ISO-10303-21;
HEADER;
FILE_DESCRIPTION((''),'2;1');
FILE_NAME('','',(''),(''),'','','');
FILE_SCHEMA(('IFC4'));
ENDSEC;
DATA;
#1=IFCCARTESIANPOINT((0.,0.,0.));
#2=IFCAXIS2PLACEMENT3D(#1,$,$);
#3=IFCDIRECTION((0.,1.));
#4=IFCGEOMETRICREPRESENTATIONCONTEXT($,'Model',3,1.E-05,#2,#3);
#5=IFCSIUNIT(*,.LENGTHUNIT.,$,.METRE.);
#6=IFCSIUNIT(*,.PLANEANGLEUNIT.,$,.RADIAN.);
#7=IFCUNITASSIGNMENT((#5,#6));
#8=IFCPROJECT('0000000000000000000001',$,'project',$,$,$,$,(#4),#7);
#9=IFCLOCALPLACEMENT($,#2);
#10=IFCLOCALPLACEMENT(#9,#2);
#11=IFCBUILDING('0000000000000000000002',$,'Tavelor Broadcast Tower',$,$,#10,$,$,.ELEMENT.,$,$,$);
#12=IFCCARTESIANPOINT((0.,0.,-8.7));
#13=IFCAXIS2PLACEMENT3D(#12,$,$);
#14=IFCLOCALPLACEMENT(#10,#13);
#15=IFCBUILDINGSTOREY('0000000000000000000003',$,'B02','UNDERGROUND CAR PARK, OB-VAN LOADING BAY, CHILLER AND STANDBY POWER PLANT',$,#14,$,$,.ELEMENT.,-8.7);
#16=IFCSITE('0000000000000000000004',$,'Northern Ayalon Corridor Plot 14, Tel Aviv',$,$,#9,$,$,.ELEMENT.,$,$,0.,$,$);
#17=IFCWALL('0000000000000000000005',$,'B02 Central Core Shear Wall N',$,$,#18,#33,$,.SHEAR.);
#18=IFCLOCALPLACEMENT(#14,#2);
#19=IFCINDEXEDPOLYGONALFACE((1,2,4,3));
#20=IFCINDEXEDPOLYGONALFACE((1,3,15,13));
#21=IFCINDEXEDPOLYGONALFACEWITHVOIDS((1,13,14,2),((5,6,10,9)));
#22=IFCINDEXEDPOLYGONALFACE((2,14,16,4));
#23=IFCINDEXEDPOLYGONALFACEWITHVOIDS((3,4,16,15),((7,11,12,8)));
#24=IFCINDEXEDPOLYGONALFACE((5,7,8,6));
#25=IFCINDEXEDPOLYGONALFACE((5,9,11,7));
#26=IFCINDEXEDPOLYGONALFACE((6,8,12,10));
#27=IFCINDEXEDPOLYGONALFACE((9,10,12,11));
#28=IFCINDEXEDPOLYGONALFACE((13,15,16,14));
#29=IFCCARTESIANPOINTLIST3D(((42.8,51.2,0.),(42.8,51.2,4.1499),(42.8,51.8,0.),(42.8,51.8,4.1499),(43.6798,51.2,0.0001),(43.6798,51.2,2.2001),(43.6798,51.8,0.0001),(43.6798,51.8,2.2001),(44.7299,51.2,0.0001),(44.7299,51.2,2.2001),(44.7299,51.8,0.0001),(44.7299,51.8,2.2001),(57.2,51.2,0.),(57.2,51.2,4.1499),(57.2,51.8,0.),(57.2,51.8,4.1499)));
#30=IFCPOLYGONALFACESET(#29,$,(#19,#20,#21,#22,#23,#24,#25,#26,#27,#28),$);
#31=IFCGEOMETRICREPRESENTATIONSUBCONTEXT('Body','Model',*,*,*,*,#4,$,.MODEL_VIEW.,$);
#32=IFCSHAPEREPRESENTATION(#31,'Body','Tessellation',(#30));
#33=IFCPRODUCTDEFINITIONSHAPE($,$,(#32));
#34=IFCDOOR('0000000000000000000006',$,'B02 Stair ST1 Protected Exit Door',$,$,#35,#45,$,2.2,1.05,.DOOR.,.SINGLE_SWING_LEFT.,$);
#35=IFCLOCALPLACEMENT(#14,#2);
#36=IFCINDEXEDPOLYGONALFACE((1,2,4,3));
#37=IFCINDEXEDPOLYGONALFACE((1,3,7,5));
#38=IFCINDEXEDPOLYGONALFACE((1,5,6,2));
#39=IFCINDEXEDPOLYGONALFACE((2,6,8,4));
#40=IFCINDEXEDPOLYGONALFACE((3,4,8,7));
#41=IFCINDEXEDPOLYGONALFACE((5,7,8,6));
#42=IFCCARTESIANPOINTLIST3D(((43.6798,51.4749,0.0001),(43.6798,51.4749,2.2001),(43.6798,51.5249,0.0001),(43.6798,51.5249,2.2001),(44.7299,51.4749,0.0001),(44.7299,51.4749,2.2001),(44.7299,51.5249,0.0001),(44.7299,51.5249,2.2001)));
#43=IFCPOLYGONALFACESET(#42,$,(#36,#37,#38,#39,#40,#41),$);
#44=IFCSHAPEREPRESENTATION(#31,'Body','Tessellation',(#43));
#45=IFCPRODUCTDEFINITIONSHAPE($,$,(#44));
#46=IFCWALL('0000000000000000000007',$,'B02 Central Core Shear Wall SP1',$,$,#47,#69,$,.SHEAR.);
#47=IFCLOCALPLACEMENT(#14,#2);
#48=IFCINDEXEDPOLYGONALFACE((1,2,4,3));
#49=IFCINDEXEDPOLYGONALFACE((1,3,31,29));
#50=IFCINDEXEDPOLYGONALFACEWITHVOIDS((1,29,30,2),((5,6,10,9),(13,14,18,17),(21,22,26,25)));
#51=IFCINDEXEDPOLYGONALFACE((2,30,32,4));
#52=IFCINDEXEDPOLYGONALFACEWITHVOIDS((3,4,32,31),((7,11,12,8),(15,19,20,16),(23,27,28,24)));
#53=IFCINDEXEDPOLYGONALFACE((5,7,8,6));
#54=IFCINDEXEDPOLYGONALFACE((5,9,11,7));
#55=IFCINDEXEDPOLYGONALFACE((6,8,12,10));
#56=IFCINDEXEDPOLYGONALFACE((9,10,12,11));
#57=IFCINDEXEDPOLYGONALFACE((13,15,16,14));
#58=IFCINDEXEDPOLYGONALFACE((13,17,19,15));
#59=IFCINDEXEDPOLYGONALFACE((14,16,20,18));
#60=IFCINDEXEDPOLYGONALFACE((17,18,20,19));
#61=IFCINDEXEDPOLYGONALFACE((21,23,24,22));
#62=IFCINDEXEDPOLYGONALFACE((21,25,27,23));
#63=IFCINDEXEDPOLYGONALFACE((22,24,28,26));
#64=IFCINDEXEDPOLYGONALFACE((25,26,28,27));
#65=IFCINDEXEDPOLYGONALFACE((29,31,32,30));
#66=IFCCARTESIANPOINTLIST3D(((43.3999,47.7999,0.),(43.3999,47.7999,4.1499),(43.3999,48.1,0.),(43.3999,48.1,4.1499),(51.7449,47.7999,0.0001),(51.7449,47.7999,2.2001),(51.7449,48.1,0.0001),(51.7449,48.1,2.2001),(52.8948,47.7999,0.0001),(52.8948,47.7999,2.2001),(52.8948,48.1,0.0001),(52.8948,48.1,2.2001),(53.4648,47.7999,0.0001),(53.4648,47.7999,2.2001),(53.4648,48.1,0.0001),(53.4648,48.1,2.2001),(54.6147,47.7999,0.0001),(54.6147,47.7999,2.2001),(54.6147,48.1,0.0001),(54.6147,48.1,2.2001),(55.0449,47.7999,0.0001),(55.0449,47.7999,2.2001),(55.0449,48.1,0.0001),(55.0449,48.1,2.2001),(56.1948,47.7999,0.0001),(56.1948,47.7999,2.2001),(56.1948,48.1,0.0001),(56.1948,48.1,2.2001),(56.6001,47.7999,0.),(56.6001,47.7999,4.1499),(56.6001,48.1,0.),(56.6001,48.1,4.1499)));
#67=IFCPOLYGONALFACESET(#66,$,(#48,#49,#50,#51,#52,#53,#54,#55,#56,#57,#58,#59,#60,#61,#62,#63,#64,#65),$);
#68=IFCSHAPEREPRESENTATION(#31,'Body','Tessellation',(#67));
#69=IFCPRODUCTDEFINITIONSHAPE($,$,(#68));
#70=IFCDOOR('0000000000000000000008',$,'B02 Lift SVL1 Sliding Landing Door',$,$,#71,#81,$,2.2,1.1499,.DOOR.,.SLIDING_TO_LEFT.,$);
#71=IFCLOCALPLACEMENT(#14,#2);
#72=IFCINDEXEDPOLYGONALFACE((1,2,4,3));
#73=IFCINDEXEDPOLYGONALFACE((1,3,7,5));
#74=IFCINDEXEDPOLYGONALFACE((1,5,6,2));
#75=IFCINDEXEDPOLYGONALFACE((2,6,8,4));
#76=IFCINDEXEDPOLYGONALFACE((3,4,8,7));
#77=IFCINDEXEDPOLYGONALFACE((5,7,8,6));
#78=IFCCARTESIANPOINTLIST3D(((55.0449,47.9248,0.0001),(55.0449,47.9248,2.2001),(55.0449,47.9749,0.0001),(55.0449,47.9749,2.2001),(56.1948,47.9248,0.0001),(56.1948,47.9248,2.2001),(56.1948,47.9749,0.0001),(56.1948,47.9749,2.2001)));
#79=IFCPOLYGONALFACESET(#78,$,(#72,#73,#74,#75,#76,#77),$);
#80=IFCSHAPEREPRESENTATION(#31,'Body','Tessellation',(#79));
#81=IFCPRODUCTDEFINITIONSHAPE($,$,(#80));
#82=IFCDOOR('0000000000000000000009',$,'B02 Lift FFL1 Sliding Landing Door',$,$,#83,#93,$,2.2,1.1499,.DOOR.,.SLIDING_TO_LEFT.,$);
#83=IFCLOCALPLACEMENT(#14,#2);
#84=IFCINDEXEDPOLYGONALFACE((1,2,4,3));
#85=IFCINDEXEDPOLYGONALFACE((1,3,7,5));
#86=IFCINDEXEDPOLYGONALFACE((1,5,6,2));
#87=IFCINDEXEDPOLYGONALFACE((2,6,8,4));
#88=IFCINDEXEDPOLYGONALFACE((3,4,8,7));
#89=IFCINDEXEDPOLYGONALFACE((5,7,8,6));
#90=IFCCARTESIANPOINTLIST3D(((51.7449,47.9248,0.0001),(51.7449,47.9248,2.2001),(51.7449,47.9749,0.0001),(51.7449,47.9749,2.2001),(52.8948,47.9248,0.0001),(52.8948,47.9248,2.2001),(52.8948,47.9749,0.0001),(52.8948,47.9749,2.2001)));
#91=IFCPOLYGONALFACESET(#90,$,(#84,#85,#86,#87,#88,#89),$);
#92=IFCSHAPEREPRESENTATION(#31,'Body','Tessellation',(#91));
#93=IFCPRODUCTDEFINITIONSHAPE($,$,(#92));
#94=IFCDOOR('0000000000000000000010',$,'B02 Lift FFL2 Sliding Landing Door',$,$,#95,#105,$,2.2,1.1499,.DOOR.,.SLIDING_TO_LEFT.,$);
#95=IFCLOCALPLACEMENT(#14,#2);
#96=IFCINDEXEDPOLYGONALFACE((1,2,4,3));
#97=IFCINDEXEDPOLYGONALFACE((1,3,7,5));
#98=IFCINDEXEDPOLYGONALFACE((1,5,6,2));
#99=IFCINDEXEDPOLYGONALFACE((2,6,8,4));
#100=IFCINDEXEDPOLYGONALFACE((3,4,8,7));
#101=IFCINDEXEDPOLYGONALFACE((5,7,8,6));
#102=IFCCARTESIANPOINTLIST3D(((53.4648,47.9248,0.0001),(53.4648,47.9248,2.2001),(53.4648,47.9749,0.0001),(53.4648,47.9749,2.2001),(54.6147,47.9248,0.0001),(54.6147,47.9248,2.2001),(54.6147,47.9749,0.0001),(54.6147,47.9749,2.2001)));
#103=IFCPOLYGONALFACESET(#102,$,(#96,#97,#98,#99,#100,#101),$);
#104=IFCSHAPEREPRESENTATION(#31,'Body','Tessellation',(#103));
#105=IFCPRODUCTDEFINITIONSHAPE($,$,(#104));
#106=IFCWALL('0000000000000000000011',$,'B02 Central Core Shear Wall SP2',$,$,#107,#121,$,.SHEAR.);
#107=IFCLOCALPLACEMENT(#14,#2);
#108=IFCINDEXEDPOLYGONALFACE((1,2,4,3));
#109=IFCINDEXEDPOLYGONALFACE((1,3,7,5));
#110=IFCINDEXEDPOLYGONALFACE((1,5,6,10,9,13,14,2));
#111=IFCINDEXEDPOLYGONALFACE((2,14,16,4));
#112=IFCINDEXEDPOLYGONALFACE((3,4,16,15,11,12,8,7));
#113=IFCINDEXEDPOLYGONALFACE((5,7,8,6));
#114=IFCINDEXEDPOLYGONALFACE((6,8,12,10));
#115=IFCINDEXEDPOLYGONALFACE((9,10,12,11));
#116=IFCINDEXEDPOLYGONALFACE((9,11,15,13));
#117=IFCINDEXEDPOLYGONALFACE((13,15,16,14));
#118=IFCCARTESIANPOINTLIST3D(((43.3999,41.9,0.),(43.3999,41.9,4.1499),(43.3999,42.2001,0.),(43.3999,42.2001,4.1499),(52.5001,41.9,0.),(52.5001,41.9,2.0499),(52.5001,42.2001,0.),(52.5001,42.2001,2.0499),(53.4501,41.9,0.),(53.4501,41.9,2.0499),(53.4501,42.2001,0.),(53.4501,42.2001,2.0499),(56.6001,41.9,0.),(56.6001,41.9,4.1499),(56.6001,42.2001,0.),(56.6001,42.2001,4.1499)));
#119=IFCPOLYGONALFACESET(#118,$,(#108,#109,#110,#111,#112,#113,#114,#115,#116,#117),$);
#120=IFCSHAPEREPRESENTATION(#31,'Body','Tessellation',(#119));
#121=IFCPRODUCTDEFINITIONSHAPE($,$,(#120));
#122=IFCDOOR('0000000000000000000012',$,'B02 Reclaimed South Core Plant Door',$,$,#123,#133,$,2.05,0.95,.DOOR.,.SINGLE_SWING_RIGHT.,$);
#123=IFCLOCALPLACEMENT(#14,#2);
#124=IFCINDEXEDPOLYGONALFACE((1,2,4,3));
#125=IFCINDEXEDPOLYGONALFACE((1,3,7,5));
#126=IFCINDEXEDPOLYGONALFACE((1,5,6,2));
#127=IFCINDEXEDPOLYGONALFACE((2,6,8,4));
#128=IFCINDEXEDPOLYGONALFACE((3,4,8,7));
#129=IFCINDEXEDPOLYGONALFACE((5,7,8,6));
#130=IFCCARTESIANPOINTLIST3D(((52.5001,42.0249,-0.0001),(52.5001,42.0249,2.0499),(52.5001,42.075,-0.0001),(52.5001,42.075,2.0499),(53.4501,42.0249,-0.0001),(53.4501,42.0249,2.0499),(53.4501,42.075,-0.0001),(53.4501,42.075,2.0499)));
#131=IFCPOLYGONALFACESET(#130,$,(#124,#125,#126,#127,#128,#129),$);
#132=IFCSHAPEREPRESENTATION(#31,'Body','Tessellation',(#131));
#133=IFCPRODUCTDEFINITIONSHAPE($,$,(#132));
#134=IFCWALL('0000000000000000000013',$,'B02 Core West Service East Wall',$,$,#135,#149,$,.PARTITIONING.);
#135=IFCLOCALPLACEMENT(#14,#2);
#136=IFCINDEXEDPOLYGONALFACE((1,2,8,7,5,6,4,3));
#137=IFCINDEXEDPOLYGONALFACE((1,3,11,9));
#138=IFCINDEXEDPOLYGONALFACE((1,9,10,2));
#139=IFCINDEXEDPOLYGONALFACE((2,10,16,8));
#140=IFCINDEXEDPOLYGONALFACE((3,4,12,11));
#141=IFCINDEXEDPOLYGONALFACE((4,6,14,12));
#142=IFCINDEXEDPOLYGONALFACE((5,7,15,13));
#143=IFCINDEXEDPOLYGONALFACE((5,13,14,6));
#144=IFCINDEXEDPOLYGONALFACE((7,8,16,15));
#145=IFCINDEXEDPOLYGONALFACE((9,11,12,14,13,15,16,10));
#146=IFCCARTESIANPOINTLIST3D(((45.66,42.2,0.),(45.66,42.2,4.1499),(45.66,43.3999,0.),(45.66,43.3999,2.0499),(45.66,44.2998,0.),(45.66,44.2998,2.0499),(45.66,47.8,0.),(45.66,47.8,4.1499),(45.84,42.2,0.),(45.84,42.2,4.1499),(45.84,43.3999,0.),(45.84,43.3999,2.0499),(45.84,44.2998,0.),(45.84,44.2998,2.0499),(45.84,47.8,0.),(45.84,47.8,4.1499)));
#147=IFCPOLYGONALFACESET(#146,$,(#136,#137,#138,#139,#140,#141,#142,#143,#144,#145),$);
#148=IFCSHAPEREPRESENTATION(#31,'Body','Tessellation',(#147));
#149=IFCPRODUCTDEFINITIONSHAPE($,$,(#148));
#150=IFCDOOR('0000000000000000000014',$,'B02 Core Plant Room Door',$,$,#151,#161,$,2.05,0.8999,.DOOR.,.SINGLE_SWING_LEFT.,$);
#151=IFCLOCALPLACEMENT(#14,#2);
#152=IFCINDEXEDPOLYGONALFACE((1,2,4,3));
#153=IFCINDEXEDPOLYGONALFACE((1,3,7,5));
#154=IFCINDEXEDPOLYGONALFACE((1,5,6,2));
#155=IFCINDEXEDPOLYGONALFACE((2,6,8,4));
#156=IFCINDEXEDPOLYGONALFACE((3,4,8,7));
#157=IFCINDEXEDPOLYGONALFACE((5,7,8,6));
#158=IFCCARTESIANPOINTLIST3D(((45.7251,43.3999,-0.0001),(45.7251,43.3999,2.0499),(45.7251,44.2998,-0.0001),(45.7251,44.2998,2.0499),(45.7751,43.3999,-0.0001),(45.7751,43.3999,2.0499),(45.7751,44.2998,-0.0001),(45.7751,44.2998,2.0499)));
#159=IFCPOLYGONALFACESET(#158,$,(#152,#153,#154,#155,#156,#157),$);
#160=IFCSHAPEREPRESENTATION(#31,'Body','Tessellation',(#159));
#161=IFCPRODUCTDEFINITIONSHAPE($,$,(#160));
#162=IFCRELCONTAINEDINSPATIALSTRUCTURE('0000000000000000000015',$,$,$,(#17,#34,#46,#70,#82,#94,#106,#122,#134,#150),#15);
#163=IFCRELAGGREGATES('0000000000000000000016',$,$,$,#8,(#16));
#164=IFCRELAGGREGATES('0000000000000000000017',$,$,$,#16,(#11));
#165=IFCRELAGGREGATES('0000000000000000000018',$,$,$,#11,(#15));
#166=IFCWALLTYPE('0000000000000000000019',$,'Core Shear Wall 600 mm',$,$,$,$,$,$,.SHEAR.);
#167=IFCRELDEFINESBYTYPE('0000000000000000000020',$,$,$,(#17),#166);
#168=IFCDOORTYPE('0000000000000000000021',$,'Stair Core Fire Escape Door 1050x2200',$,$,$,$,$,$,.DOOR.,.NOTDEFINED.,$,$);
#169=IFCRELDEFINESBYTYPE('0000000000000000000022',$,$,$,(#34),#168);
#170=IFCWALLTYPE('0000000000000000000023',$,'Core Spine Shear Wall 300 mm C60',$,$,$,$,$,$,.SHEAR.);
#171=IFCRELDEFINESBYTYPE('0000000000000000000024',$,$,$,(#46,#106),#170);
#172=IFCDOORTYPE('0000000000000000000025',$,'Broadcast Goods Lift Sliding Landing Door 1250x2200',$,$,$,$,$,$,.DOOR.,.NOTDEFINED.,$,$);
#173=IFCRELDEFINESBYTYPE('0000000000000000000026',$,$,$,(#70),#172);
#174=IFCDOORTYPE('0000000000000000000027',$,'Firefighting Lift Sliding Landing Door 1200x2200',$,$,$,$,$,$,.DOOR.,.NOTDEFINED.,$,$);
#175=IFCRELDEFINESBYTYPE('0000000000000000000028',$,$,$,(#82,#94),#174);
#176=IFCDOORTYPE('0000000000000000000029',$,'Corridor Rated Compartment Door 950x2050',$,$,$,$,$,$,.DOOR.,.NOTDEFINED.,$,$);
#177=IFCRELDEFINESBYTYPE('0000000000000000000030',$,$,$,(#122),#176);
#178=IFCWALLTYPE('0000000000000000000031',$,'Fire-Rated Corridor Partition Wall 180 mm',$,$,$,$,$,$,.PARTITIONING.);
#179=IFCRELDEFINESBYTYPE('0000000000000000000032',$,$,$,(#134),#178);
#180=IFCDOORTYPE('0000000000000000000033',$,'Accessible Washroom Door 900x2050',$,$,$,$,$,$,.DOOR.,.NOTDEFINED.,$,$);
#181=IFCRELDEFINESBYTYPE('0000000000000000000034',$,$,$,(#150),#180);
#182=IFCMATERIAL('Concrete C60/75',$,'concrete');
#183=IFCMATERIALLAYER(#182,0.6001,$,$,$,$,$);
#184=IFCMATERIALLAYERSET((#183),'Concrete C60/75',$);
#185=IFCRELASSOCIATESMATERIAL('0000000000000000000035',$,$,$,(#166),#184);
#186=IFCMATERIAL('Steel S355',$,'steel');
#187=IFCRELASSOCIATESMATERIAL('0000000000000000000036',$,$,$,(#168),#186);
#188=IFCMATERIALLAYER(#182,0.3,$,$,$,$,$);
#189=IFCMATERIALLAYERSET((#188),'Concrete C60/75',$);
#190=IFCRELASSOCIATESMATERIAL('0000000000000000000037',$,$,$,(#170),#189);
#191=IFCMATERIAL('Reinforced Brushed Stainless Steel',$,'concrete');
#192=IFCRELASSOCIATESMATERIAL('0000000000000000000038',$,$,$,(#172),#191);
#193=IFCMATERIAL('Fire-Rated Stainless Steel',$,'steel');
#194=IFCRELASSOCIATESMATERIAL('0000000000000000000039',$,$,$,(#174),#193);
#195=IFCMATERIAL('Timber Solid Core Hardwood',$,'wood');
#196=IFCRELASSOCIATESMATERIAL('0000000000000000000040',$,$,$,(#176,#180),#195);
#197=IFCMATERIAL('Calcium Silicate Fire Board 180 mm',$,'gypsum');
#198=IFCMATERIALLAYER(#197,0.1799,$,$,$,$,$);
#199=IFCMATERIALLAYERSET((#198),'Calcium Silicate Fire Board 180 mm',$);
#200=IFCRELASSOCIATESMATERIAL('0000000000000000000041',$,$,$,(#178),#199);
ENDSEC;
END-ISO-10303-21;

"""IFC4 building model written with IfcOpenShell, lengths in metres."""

from ifc_helpers import new_model, si_unit, direction, frame, frame_2d, origin, place, context, subcontext, project, spatial, rectangle, extrude, material, layer, layer_set, type_object, element, fill, save


model = new_model("IFC4")

# Units and contexts
model_context = context("Model", 3, precision=1e-05, world=origin(), true_north=direction((0.0, 1.0)))
body_context = subcontext(model_context, "Body", "Model", "MODEL_VIEW")
ifc_project = project(units=[si_unit("LENGTHUNIT", "METRE"), si_unit("PLANEANGLEUNIT", "RADIAN")], contexts=[model_context])

# Site, building, storey
site_placement = place(None, origin())
site = spatial("IfcSite", under=ifc_project, at=site_placement, Name="Northern Ayalon Corridor Plot 14, Tel Aviv", CompositionType="ELEMENT", RefElevation=0.0)
building_placement = place(site_placement, origin())
building = spatial("IfcBuilding", under=site, at=building_placement, Name="Tavelor Broadcast Tower", CompositionType="ELEMENT")
storey_placement = place(building_placement, frame((0.0, 0.0, -8.7)))
storey = spatial("IfcBuildingStorey", under=building, at=storey_placement, Name="B02", Description="UNDERGROUND CAR PARK, OB-VAN LOADING BAY, CHILLER AND STANDBY POWER PLANT", CompositionType="ELEMENT", Elevation=-8.7)

# Shared definitions
ifc_material_1 = material(Name="Concrete C60/75", Category="concrete")

# Wall, opening, door
ifc_layer_1 = layer(ifc_material_1, 0.6001)
ifc_layer_set_1 = layer_set([ifc_layer_1], Name="Concrete C60/75")
wall_type_1 = type_object("IfcWallType", Name="Core Shear Wall 600 mm", PredefinedType="SHEAR", material=ifc_layer_set_1)
wall_1_placement = place(storey_placement, frame((42.8, 51.5, 0.0), z_axis=(0.0, 0.0, 1.0), x_axis=(1.0, 0.0, 0.0)))
wall_1 = element("IfcWall", 1, at=wall_1_placement, inside=storey, type_object=wall_type_1, Name="B02 Central Core Shear Wall N", PredefinedType="SHEAR", context=body_context, shape_type="SweptSolid", body=[
    extrude(rectangle(XDim=14.3999, YDim=0.6001, at=frame_2d((7.2, 0.0))), origin(), (0.0, 0.0, 1.0), 4.1499),
])
opening_1_placement = place(wall_1_placement, frame((0.8799, 0.0, 0.0)))
opening_1 = element("IfcOpeningElement", 2, at=opening_1_placement, cuts=wall_1, PredefinedType="OPENING", context=body_context, shape_type="SweptSolid", body=[
    extrude(rectangle(XDim=1.05, YDim=2.2, at=frame_2d((0.5249, 1.1001))), frame((0.0, 0.3101, 0.0), z_axis=(0.0, -1.0, 0.0), x_axis=(1.0, 0.0, 0.0)), (0.0, 0.0, 1.0), 0.6201),
])
ifc_material_2 = material(Name="Steel S355", Category="steel")
door_type_1 = type_object("IfcDoorType", Name="Stair Core Fire Escape Door 1050x2200", OperationType="NOTDEFINED", PredefinedType="DOOR", material=ifc_material_2)
door_1_placement = place(opening_1_placement, origin())
door_1 = element("IfcDoor", 3, at=door_1_placement, inside=storey, type_object=door_type_1, Name="B02 Stair ST1 Protected Exit Door", OperationType="SINGLE_SWING_LEFT", OverallHeight=2.2, OverallWidth=1.05, PredefinedType="DOOR", context=body_context, shape_type="SweptSolid", body=[
    extrude(rectangle(XDim=1.05, YDim=2.2, at=frame_2d((0.5249, 1.1001))), frame((0.0, 0.0249, 0.0), z_axis=(0.0, -1.0, 0.0), x_axis=(1.0, 0.0, 0.0)), (0.0, 0.0, 1.0), 0.05),
])
fill(opening_1, door_1)

# Wall, openings, doors
ifc_layer_2 = layer(ifc_material_1, 0.3)
ifc_layer_set_2 = layer_set([ifc_layer_2], Name="Concrete C60/75")
wall_type_2 = type_object("IfcWallType", Name="Core Spine Shear Wall 300 mm C60", PredefinedType="SHEAR", material=ifc_layer_set_2)
wall_2_placement = place(storey_placement, frame((43.3999, 47.95, 0.0), z_axis=(0.0, 0.0, 1.0), x_axis=(1.0, 0.0, 0.0)))
wall_2 = element("IfcWall", 4, at=wall_2_placement, inside=storey, type_object=wall_type_2, Name="B02 Central Core Shear Wall SP1", PredefinedType="SHEAR", context=body_context, shape_type="SweptSolid", body=[
    extrude(rectangle(XDim=13.2002, YDim=0.3, at=frame_2d((6.6001, 0.0))), origin(), (0.0, 0.0, 1.0), 4.1499),
])
opening_2_placement = place(wall_2_placement, frame((8.345, 0.0, 0.0)))
opening_2 = element("IfcOpeningElement", 5, at=opening_2_placement, cuts=wall_2, PredefinedType="OPENING", context=body_context, shape_type="SweptSolid", body=[
    extrude(rectangle(XDim=1.1499, YDim=2.2, at=frame_2d((0.575, 1.1001))), frame((0.0, 0.1602, 0.0), z_axis=(0.0, -1.0, 0.0), x_axis=(1.0, 0.0, 0.0)), (0.0, 0.0, 1.0), 0.3201),
])
opening_3_placement = place(wall_2_placement, frame((10.0649, 0.0, 0.0)))
opening_3 = element("IfcOpeningElement", 6, at=opening_3_placement, cuts=wall_2, PredefinedType="OPENING", context=body_context, shape_type="SweptSolid", body=[
    extrude(rectangle(XDim=1.1499, YDim=2.2, at=frame_2d((0.575, 1.1001))), frame((0.0, 0.1602, 0.0), z_axis=(0.0, -1.0, 0.0), x_axis=(1.0, 0.0, 0.0)), (0.0, 0.0, 1.0), 0.3201),
])
opening_4_placement = place(wall_2_placement, frame((11.645, 0.0, 0.0)))
opening_4 = element("IfcOpeningElement", 7, at=opening_4_placement, cuts=wall_2, PredefinedType="OPENING", context=body_context, shape_type="SweptSolid", body=[
    extrude(rectangle(XDim=1.1499, YDim=2.2, at=frame_2d((0.575, 1.1001))), frame((0.0, 0.1602, 0.0), z_axis=(0.0, -1.0, 0.0), x_axis=(1.0, 0.0, 0.0)), (0.0, 0.0, 1.0), 0.3201),
])
ifc_material_3 = material(Name="Reinforced Brushed Stainless Steel", Category="concrete")
door_type_2 = type_object("IfcDoorType", Name="Broadcast Goods Lift Sliding Landing Door 1250x2200", OperationType="NOTDEFINED", PredefinedType="DOOR", material=ifc_material_3)
door_2_placement = place(opening_4_placement, origin())
door_2 = element("IfcDoor", 8, at=door_2_placement, inside=storey, type_object=door_type_2, Name="B02 Lift SVL1 Sliding Landing Door", OperationType="SLIDING_TO_LEFT", OverallHeight=2.2, OverallWidth=1.1499, PredefinedType="DOOR", context=body_context, shape_type="SweptSolid", body=[
    extrude(rectangle(XDim=1.1499, YDim=2.2, at=frame_2d((0.575, 1.1001))), frame((0.0, 0.0249, 0.0), z_axis=(0.0, -1.0, 0.0), x_axis=(1.0, 0.0, 0.0)), (0.0, 0.0, 1.0), 0.05),
])
fill(opening_4, door_2)
ifc_material_4 = material(Name="Fire-Rated Stainless Steel", Category="steel")
door_type_3 = type_object("IfcDoorType", Name="Firefighting Lift Sliding Landing Door 1200x2200", OperationType="NOTDEFINED", PredefinedType="DOOR", material=ifc_material_4)
door_3_placement = place(opening_2_placement, origin())
door_3 = element("IfcDoor", 9, at=door_3_placement, inside=storey, type_object=door_type_3, Name="B02 Lift FFL1 Sliding Landing Door", OperationType="SLIDING_TO_LEFT", OverallHeight=2.2, OverallWidth=1.1499, PredefinedType="DOOR", context=body_context, shape_type="SweptSolid", body=[
    extrude(rectangle(XDim=1.1499, YDim=2.2, at=frame_2d((0.575, 1.1001))), frame((0.0, 0.0249, 0.0), z_axis=(0.0, -1.0, 0.0), x_axis=(1.0, 0.0, 0.0)), (0.0, 0.0, 1.0), 0.05),
])
fill(opening_2, door_3)
door_4_placement = place(opening_3_placement, origin())
door_4 = element("IfcDoor", 10, at=door_4_placement, inside=storey, type_object=door_type_3, Name="B02 Lift FFL2 Sliding Landing Door", OperationType="SLIDING_TO_LEFT", OverallHeight=2.2, OverallWidth=1.1499, PredefinedType="DOOR", context=body_context, shape_type="SweptSolid", body=[
    extrude(rectangle(XDim=1.1499, YDim=2.2, at=frame_2d((0.575, 1.1001))), frame((0.0, 0.0249, 0.0), z_axis=(0.0, -1.0, 0.0), x_axis=(1.0, 0.0, 0.0)), (0.0, 0.0, 1.0), 0.05),
])
fill(opening_3, door_4)

# Walls, openings, doors
wall_3_placement = place(storey_placement, frame((43.3999, 42.05, 0.0), z_axis=(0.0, 0.0, 1.0), x_axis=(1.0, 0.0, 0.0)))
wall_3 = element("IfcWall", 11, at=wall_3_placement, inside=storey, type_object=wall_type_2, Name="B02 Central Core Shear Wall SP2", PredefinedType="SHEAR", context=body_context, shape_type="SweptSolid", body=[
    extrude(rectangle(XDim=13.2002, YDim=0.3, at=frame_2d((6.6001, 0.0))), origin(), (0.0, 0.0, 1.0), 4.1499),
])
opening_5_placement = place(wall_3_placement, frame((9.1001, 0.0, 0.0)))
opening_5 = element("IfcOpeningElement", 12, at=opening_5_placement, cuts=wall_3, PredefinedType="OPENING", context=body_context, shape_type="SweptSolid", body=[
    extrude(rectangle(XDim=0.95, YDim=2.05, at=frame_2d((0.4751, 1.0249))), frame((0.0, 0.1602, 0.0), z_axis=(0.0, -1.0, 0.0), x_axis=(1.0, 0.0, 0.0)), (0.0, 0.0, 1.0), 0.3201),
])
ifc_material_5 = material(Name="Timber Solid Core Hardwood", Category="wood")
door_type_4 = type_object("IfcDoorType", Name="Corridor Rated Compartment Door 950x2050", OperationType="NOTDEFINED", PredefinedType="DOOR", material=ifc_material_5)
door_5_placement = place(opening_5_placement, origin())
door_5 = element("IfcDoor", 13, at=door_5_placement, inside=storey, type_object=door_type_4, Name="B02 Reclaimed South Core Plant Door", OperationType="SINGLE_SWING_RIGHT", OverallHeight=2.05, OverallWidth=0.95, PredefinedType="DOOR", context=body_context, shape_type="SweptSolid", body=[
    extrude(rectangle(XDim=0.95, YDim=2.05, at=frame_2d((0.4751, 1.0249))), frame((0.0, 0.0249, 0.0), z_axis=(0.0, -1.0, 0.0), x_axis=(1.0, 0.0, 0.0)), (0.0, 0.0, 1.0), 0.05),
])
fill(opening_5, door_5)
ifc_material_6 = material(Name="Calcium Silicate Fire Board 180 mm", Category="gypsum")
ifc_layer_3 = layer(ifc_material_6, 0.1799)
ifc_layer_set_3 = layer_set([ifc_layer_3], Name="Calcium Silicate Fire Board 180 mm")
wall_type_3 = type_object("IfcWallType", Name="Fire-Rated Corridor Partition Wall 180 mm", PredefinedType="PARTITIONING", material=ifc_layer_set_3)
wall_4_placement = place(storey_placement, frame((45.75, 42.2, 0.0), z_axis=(0.0, 0.0, 1.0), x_axis=(0.0, 1.0, 0.0)))
wall_4 = element("IfcWall", 14, at=wall_4_placement, inside=storey, type_object=wall_type_3, Name="B02 Core West Service East Wall", PredefinedType="PARTITIONING", context=body_context, shape_type="SweptSolid", body=[
    extrude(rectangle(XDim=5.6001, YDim=0.1799, at=frame_2d((2.8, 0.0))), origin(), (0.0, 0.0, 1.0), 4.1499),
])
opening_6_placement = place(wall_4_placement, frame((1.2, 0.0, 0.0)))
opening_6 = element("IfcOpeningElement", 15, at=opening_6_placement, cuts=wall_4, PredefinedType="OPENING", context=body_context, shape_type="SweptSolid", body=[
    extrude(rectangle(XDim=0.8999, YDim=2.05, at=frame_2d((0.45, 1.0249))), frame((0.0, 0.1001, 0.0), z_axis=(0.0, -1.0, 0.0), x_axis=(1.0, 0.0, 0.0)), (0.0, 0.0, 1.0), 0.2),
])
door_type_5 = type_object("IfcDoorType", Name="Accessible Washroom Door 900x2050", OperationType="NOTDEFINED", PredefinedType="DOOR", material=ifc_material_5)
door_6_placement = place(opening_6_placement, origin())
door_6 = element("IfcDoor", 16, at=door_6_placement, inside=storey, type_object=door_type_5, Name="B02 Core Plant Room Door", OperationType="SINGLE_SWING_LEFT", OverallHeight=2.05, OverallWidth=0.8999, PredefinedType="DOOR", context=body_context, shape_type="SweptSolid", body=[
    extrude(rectangle(XDim=0.8999, YDim=2.05, at=frame_2d((0.45, 1.0249))), frame((0.0, 0.0249, 0.0), z_axis=(0.0, -1.0, 0.0), x_axis=(1.0, 0.0, 0.0)), (0.0, 0.0, 1.0), 0.05),
])
fill(opening_6, door_6)

save(model, "model.ifc")
